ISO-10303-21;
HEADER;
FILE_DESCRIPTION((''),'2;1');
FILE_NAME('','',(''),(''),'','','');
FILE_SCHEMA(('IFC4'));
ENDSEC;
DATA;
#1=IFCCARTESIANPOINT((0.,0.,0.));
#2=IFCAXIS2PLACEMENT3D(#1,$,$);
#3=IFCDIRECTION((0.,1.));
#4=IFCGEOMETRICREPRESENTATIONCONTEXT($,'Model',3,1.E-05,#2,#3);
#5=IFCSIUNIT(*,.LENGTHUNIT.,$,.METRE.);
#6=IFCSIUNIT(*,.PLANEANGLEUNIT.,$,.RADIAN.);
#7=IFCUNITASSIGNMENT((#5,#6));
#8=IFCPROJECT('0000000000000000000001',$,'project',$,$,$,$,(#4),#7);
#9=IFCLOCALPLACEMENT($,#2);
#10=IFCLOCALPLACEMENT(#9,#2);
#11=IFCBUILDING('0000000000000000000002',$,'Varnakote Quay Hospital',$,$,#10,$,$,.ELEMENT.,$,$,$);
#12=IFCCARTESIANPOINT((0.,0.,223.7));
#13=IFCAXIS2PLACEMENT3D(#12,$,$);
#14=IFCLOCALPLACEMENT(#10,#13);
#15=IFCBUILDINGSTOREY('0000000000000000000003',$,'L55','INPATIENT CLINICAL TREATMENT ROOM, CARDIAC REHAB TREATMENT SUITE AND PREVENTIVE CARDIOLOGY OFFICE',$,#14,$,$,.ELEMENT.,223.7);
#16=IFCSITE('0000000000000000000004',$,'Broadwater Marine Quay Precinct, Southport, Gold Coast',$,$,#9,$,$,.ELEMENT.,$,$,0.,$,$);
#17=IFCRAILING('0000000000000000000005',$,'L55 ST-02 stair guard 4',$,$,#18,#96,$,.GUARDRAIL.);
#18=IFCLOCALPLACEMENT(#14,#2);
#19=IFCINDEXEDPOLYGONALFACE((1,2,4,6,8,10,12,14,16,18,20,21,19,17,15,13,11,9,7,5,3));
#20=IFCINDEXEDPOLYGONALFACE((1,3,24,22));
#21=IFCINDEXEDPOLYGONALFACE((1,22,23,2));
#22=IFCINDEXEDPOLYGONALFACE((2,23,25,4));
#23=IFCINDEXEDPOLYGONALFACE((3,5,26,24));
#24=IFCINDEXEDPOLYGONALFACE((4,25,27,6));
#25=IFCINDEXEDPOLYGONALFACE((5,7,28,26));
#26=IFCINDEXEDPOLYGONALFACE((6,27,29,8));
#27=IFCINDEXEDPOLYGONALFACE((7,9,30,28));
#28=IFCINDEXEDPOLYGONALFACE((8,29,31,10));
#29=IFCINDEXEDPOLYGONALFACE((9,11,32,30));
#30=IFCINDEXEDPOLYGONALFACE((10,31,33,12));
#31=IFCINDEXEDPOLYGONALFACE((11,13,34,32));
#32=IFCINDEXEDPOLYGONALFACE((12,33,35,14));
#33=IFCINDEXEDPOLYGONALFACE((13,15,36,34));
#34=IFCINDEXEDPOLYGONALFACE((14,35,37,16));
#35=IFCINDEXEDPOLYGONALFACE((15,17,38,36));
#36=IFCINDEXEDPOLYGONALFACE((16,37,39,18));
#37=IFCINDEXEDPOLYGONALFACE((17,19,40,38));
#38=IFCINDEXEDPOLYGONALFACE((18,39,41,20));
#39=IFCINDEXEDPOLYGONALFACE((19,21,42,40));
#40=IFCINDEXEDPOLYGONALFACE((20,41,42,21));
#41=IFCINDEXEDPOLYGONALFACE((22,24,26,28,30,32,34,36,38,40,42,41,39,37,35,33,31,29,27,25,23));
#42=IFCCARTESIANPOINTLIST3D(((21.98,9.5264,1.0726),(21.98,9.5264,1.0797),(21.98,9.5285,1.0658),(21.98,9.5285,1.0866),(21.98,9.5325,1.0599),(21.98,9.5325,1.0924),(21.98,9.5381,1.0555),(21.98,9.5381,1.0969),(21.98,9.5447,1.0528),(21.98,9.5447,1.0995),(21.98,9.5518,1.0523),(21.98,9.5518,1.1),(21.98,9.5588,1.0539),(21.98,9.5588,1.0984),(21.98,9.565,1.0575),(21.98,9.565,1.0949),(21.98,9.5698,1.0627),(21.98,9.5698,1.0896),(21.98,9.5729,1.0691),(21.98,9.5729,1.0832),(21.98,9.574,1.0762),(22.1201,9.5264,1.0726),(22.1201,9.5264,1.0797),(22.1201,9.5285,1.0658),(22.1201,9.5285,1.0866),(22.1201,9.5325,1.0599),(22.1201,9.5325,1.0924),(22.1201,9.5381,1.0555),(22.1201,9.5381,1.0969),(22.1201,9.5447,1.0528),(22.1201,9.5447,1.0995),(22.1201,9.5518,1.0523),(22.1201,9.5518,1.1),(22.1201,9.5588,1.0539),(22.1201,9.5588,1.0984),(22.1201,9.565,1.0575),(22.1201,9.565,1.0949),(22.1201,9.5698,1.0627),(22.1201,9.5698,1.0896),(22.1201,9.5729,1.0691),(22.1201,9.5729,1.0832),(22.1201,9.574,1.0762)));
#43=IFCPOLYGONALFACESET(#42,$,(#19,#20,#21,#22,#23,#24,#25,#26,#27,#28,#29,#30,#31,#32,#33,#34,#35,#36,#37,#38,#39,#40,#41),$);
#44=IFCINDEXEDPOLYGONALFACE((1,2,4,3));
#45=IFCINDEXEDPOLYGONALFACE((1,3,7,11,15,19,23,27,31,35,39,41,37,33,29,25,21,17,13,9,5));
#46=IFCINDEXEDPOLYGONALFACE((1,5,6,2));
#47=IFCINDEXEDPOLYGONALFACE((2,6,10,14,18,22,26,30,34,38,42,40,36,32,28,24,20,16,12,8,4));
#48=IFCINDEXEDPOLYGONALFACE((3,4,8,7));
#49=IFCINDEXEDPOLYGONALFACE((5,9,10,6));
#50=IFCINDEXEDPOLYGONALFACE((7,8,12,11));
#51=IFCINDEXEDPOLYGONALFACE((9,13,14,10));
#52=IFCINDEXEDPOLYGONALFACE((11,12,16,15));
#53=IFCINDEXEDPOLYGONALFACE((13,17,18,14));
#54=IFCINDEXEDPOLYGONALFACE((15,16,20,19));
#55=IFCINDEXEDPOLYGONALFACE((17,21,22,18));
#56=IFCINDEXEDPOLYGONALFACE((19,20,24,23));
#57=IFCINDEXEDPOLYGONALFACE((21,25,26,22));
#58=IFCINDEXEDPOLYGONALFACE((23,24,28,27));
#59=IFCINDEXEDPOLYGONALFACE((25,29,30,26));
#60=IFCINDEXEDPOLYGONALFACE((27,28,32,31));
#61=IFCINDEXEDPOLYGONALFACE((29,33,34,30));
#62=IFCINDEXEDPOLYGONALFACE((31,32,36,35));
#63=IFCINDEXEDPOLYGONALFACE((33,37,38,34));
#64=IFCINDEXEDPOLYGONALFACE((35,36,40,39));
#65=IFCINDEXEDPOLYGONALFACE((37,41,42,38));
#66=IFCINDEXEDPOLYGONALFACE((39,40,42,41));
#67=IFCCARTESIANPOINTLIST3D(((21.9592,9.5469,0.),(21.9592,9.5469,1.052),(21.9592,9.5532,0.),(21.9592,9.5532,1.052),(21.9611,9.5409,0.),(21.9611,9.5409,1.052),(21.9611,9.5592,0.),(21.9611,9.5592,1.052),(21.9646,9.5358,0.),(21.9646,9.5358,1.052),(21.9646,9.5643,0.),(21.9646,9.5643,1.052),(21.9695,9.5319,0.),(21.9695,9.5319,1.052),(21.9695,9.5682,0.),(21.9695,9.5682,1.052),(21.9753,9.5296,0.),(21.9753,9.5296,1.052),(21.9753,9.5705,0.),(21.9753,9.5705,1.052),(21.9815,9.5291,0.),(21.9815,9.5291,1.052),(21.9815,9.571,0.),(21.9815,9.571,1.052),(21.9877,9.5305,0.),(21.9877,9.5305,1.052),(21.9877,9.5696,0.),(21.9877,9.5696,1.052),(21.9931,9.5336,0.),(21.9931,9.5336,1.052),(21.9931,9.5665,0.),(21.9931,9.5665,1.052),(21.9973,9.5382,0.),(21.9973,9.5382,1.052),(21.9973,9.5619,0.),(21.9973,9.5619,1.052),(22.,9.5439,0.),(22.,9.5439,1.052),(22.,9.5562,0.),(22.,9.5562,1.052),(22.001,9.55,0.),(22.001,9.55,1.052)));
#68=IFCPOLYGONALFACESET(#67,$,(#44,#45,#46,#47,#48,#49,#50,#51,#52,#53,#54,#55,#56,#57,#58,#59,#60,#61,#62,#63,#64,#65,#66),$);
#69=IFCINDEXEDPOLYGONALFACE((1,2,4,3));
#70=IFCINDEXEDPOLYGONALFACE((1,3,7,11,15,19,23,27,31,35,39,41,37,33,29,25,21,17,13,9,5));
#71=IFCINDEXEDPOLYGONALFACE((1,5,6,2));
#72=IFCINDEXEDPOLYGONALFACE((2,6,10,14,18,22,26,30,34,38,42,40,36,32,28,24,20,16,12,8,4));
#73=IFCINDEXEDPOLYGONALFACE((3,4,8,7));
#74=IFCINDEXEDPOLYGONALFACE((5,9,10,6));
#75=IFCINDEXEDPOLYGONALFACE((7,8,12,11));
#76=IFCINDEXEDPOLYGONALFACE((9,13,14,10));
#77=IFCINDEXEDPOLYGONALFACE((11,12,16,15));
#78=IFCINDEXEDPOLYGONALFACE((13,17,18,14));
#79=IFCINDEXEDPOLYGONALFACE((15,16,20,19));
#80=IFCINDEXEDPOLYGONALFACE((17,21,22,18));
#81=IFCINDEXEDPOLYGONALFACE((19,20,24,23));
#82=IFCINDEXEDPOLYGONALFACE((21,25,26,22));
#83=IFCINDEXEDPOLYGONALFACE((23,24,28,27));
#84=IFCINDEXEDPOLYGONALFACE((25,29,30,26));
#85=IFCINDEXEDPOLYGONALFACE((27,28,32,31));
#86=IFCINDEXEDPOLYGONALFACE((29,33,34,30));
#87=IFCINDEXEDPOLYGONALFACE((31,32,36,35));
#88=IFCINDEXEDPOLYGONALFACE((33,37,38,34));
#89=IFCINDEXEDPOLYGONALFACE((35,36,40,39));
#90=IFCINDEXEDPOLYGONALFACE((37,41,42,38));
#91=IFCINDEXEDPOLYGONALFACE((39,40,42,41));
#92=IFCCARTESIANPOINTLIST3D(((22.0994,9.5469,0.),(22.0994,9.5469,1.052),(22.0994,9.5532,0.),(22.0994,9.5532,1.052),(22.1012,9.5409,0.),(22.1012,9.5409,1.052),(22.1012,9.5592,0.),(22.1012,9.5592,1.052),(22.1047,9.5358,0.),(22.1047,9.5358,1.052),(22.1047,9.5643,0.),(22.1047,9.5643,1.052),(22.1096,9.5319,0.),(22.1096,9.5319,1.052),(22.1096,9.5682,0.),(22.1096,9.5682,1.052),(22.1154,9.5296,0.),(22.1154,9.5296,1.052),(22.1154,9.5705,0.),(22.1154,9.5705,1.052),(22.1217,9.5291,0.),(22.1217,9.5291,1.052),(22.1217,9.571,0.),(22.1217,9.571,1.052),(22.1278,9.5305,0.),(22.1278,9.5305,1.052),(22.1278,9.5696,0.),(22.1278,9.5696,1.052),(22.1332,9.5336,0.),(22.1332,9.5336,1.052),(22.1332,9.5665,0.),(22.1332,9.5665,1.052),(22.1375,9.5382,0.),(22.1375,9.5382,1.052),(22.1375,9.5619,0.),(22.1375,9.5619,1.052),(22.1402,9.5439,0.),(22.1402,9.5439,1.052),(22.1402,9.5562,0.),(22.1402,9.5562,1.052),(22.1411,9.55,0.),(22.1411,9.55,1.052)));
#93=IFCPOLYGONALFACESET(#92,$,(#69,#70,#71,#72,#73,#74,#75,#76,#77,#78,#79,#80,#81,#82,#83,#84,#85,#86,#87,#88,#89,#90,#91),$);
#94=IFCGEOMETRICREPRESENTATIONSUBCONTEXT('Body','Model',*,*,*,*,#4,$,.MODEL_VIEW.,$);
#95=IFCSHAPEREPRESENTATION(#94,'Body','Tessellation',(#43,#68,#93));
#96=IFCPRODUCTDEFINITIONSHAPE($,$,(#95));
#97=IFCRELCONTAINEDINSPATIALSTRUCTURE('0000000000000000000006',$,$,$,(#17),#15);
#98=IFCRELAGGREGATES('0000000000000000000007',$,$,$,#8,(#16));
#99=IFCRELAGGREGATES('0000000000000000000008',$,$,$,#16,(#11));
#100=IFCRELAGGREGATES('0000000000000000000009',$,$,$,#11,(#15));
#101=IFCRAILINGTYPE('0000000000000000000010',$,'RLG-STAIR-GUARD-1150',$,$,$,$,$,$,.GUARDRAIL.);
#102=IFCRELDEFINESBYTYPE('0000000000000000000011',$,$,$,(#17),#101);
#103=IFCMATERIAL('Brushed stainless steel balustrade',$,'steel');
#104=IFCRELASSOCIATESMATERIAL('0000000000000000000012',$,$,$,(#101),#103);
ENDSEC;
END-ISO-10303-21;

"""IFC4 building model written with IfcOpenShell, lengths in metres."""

from ifc_helpers import new_model, si_unit, direction, frame, origin, origin_2d, place, context, subcontext, project, spatial, circle, extrude, material, type_object, element, save


model = new_model("IFC4")

# Units and contexts
model_context = context("Model", 3, precision=1e-05, world=origin(), true_north=direction((0.0, 1.0)))
body_context = subcontext(model_context, "Body", "Model", "MODEL_VIEW")
ifc_project = project(units=[si_unit("LENGTHUNIT", "METRE"), si_unit("PLANEANGLEUNIT", "RADIAN")], contexts=[model_context])

# Site, building, storey
site_placement = place(None, origin())
site = spatial("IfcSite", under=ifc_project, at=site_placement, Name="Broadwater Marine Quay Precinct, Southport, Gold Coast", CompositionType="ELEMENT", RefElevation=0.0)
building_placement = place(site_placement, origin())
building = spatial("IfcBuilding", under=site, at=building_placement, Name="Varnakote Quay Hospital", CompositionType="ELEMENT")
storey_placement = place(building_placement, frame((0.0, 0.0, 223.7)))
storey = spatial("IfcBuildingStorey", under=building, at=storey_placement, Name="L55", Description="INPATIENT CLINICAL TREATMENT ROOM, CARDIAC REHAB TREATMENT SUITE AND PREVENTIVE CARDIOLOGY OFFICE", CompositionType="ELEMENT", Elevation=223.7)

# Railing
ifc_material_1 = material(Name="Brushed stainless steel balustrade", Category="steel")
railing_type_1 = type_object("IfcRailingType", Name="RLG-STAIR-GUARD-1150", PredefinedType="GUARDRAIL", material=ifc_material_1)
railing_1_placement = place(storey_placement, frame((21.98, 9.55, 0.0)))
element("IfcRailing", 1, at=railing_1_placement, inside=storey, type_object=railing_type_1, Name="L55 ST-02 stair guard 4", PredefinedType="GUARDRAIL", context=body_context, shape_type="SweptSolid", body=[
    extrude(circle(Radius=0.0239, at=origin_2d()), frame((0.0, 0.0, 1.0762), z_axis=(1.0, 0.0, 0.0), x_axis=(0.0, 1.0, 0.0)), (0.0, 0.0, 1.0), 0.1401),
    extrude(circle(Radius=0.021, at=origin_2d()), origin(), (0.0, 0.0, 1.0), 1.052),
    extrude(circle(Radius=0.021, at=origin_2d()), frame((0.1401, 0.0, 0.0)), (0.0, 0.0, 1.0), 1.052),
])

save(model, "model.ifc")
